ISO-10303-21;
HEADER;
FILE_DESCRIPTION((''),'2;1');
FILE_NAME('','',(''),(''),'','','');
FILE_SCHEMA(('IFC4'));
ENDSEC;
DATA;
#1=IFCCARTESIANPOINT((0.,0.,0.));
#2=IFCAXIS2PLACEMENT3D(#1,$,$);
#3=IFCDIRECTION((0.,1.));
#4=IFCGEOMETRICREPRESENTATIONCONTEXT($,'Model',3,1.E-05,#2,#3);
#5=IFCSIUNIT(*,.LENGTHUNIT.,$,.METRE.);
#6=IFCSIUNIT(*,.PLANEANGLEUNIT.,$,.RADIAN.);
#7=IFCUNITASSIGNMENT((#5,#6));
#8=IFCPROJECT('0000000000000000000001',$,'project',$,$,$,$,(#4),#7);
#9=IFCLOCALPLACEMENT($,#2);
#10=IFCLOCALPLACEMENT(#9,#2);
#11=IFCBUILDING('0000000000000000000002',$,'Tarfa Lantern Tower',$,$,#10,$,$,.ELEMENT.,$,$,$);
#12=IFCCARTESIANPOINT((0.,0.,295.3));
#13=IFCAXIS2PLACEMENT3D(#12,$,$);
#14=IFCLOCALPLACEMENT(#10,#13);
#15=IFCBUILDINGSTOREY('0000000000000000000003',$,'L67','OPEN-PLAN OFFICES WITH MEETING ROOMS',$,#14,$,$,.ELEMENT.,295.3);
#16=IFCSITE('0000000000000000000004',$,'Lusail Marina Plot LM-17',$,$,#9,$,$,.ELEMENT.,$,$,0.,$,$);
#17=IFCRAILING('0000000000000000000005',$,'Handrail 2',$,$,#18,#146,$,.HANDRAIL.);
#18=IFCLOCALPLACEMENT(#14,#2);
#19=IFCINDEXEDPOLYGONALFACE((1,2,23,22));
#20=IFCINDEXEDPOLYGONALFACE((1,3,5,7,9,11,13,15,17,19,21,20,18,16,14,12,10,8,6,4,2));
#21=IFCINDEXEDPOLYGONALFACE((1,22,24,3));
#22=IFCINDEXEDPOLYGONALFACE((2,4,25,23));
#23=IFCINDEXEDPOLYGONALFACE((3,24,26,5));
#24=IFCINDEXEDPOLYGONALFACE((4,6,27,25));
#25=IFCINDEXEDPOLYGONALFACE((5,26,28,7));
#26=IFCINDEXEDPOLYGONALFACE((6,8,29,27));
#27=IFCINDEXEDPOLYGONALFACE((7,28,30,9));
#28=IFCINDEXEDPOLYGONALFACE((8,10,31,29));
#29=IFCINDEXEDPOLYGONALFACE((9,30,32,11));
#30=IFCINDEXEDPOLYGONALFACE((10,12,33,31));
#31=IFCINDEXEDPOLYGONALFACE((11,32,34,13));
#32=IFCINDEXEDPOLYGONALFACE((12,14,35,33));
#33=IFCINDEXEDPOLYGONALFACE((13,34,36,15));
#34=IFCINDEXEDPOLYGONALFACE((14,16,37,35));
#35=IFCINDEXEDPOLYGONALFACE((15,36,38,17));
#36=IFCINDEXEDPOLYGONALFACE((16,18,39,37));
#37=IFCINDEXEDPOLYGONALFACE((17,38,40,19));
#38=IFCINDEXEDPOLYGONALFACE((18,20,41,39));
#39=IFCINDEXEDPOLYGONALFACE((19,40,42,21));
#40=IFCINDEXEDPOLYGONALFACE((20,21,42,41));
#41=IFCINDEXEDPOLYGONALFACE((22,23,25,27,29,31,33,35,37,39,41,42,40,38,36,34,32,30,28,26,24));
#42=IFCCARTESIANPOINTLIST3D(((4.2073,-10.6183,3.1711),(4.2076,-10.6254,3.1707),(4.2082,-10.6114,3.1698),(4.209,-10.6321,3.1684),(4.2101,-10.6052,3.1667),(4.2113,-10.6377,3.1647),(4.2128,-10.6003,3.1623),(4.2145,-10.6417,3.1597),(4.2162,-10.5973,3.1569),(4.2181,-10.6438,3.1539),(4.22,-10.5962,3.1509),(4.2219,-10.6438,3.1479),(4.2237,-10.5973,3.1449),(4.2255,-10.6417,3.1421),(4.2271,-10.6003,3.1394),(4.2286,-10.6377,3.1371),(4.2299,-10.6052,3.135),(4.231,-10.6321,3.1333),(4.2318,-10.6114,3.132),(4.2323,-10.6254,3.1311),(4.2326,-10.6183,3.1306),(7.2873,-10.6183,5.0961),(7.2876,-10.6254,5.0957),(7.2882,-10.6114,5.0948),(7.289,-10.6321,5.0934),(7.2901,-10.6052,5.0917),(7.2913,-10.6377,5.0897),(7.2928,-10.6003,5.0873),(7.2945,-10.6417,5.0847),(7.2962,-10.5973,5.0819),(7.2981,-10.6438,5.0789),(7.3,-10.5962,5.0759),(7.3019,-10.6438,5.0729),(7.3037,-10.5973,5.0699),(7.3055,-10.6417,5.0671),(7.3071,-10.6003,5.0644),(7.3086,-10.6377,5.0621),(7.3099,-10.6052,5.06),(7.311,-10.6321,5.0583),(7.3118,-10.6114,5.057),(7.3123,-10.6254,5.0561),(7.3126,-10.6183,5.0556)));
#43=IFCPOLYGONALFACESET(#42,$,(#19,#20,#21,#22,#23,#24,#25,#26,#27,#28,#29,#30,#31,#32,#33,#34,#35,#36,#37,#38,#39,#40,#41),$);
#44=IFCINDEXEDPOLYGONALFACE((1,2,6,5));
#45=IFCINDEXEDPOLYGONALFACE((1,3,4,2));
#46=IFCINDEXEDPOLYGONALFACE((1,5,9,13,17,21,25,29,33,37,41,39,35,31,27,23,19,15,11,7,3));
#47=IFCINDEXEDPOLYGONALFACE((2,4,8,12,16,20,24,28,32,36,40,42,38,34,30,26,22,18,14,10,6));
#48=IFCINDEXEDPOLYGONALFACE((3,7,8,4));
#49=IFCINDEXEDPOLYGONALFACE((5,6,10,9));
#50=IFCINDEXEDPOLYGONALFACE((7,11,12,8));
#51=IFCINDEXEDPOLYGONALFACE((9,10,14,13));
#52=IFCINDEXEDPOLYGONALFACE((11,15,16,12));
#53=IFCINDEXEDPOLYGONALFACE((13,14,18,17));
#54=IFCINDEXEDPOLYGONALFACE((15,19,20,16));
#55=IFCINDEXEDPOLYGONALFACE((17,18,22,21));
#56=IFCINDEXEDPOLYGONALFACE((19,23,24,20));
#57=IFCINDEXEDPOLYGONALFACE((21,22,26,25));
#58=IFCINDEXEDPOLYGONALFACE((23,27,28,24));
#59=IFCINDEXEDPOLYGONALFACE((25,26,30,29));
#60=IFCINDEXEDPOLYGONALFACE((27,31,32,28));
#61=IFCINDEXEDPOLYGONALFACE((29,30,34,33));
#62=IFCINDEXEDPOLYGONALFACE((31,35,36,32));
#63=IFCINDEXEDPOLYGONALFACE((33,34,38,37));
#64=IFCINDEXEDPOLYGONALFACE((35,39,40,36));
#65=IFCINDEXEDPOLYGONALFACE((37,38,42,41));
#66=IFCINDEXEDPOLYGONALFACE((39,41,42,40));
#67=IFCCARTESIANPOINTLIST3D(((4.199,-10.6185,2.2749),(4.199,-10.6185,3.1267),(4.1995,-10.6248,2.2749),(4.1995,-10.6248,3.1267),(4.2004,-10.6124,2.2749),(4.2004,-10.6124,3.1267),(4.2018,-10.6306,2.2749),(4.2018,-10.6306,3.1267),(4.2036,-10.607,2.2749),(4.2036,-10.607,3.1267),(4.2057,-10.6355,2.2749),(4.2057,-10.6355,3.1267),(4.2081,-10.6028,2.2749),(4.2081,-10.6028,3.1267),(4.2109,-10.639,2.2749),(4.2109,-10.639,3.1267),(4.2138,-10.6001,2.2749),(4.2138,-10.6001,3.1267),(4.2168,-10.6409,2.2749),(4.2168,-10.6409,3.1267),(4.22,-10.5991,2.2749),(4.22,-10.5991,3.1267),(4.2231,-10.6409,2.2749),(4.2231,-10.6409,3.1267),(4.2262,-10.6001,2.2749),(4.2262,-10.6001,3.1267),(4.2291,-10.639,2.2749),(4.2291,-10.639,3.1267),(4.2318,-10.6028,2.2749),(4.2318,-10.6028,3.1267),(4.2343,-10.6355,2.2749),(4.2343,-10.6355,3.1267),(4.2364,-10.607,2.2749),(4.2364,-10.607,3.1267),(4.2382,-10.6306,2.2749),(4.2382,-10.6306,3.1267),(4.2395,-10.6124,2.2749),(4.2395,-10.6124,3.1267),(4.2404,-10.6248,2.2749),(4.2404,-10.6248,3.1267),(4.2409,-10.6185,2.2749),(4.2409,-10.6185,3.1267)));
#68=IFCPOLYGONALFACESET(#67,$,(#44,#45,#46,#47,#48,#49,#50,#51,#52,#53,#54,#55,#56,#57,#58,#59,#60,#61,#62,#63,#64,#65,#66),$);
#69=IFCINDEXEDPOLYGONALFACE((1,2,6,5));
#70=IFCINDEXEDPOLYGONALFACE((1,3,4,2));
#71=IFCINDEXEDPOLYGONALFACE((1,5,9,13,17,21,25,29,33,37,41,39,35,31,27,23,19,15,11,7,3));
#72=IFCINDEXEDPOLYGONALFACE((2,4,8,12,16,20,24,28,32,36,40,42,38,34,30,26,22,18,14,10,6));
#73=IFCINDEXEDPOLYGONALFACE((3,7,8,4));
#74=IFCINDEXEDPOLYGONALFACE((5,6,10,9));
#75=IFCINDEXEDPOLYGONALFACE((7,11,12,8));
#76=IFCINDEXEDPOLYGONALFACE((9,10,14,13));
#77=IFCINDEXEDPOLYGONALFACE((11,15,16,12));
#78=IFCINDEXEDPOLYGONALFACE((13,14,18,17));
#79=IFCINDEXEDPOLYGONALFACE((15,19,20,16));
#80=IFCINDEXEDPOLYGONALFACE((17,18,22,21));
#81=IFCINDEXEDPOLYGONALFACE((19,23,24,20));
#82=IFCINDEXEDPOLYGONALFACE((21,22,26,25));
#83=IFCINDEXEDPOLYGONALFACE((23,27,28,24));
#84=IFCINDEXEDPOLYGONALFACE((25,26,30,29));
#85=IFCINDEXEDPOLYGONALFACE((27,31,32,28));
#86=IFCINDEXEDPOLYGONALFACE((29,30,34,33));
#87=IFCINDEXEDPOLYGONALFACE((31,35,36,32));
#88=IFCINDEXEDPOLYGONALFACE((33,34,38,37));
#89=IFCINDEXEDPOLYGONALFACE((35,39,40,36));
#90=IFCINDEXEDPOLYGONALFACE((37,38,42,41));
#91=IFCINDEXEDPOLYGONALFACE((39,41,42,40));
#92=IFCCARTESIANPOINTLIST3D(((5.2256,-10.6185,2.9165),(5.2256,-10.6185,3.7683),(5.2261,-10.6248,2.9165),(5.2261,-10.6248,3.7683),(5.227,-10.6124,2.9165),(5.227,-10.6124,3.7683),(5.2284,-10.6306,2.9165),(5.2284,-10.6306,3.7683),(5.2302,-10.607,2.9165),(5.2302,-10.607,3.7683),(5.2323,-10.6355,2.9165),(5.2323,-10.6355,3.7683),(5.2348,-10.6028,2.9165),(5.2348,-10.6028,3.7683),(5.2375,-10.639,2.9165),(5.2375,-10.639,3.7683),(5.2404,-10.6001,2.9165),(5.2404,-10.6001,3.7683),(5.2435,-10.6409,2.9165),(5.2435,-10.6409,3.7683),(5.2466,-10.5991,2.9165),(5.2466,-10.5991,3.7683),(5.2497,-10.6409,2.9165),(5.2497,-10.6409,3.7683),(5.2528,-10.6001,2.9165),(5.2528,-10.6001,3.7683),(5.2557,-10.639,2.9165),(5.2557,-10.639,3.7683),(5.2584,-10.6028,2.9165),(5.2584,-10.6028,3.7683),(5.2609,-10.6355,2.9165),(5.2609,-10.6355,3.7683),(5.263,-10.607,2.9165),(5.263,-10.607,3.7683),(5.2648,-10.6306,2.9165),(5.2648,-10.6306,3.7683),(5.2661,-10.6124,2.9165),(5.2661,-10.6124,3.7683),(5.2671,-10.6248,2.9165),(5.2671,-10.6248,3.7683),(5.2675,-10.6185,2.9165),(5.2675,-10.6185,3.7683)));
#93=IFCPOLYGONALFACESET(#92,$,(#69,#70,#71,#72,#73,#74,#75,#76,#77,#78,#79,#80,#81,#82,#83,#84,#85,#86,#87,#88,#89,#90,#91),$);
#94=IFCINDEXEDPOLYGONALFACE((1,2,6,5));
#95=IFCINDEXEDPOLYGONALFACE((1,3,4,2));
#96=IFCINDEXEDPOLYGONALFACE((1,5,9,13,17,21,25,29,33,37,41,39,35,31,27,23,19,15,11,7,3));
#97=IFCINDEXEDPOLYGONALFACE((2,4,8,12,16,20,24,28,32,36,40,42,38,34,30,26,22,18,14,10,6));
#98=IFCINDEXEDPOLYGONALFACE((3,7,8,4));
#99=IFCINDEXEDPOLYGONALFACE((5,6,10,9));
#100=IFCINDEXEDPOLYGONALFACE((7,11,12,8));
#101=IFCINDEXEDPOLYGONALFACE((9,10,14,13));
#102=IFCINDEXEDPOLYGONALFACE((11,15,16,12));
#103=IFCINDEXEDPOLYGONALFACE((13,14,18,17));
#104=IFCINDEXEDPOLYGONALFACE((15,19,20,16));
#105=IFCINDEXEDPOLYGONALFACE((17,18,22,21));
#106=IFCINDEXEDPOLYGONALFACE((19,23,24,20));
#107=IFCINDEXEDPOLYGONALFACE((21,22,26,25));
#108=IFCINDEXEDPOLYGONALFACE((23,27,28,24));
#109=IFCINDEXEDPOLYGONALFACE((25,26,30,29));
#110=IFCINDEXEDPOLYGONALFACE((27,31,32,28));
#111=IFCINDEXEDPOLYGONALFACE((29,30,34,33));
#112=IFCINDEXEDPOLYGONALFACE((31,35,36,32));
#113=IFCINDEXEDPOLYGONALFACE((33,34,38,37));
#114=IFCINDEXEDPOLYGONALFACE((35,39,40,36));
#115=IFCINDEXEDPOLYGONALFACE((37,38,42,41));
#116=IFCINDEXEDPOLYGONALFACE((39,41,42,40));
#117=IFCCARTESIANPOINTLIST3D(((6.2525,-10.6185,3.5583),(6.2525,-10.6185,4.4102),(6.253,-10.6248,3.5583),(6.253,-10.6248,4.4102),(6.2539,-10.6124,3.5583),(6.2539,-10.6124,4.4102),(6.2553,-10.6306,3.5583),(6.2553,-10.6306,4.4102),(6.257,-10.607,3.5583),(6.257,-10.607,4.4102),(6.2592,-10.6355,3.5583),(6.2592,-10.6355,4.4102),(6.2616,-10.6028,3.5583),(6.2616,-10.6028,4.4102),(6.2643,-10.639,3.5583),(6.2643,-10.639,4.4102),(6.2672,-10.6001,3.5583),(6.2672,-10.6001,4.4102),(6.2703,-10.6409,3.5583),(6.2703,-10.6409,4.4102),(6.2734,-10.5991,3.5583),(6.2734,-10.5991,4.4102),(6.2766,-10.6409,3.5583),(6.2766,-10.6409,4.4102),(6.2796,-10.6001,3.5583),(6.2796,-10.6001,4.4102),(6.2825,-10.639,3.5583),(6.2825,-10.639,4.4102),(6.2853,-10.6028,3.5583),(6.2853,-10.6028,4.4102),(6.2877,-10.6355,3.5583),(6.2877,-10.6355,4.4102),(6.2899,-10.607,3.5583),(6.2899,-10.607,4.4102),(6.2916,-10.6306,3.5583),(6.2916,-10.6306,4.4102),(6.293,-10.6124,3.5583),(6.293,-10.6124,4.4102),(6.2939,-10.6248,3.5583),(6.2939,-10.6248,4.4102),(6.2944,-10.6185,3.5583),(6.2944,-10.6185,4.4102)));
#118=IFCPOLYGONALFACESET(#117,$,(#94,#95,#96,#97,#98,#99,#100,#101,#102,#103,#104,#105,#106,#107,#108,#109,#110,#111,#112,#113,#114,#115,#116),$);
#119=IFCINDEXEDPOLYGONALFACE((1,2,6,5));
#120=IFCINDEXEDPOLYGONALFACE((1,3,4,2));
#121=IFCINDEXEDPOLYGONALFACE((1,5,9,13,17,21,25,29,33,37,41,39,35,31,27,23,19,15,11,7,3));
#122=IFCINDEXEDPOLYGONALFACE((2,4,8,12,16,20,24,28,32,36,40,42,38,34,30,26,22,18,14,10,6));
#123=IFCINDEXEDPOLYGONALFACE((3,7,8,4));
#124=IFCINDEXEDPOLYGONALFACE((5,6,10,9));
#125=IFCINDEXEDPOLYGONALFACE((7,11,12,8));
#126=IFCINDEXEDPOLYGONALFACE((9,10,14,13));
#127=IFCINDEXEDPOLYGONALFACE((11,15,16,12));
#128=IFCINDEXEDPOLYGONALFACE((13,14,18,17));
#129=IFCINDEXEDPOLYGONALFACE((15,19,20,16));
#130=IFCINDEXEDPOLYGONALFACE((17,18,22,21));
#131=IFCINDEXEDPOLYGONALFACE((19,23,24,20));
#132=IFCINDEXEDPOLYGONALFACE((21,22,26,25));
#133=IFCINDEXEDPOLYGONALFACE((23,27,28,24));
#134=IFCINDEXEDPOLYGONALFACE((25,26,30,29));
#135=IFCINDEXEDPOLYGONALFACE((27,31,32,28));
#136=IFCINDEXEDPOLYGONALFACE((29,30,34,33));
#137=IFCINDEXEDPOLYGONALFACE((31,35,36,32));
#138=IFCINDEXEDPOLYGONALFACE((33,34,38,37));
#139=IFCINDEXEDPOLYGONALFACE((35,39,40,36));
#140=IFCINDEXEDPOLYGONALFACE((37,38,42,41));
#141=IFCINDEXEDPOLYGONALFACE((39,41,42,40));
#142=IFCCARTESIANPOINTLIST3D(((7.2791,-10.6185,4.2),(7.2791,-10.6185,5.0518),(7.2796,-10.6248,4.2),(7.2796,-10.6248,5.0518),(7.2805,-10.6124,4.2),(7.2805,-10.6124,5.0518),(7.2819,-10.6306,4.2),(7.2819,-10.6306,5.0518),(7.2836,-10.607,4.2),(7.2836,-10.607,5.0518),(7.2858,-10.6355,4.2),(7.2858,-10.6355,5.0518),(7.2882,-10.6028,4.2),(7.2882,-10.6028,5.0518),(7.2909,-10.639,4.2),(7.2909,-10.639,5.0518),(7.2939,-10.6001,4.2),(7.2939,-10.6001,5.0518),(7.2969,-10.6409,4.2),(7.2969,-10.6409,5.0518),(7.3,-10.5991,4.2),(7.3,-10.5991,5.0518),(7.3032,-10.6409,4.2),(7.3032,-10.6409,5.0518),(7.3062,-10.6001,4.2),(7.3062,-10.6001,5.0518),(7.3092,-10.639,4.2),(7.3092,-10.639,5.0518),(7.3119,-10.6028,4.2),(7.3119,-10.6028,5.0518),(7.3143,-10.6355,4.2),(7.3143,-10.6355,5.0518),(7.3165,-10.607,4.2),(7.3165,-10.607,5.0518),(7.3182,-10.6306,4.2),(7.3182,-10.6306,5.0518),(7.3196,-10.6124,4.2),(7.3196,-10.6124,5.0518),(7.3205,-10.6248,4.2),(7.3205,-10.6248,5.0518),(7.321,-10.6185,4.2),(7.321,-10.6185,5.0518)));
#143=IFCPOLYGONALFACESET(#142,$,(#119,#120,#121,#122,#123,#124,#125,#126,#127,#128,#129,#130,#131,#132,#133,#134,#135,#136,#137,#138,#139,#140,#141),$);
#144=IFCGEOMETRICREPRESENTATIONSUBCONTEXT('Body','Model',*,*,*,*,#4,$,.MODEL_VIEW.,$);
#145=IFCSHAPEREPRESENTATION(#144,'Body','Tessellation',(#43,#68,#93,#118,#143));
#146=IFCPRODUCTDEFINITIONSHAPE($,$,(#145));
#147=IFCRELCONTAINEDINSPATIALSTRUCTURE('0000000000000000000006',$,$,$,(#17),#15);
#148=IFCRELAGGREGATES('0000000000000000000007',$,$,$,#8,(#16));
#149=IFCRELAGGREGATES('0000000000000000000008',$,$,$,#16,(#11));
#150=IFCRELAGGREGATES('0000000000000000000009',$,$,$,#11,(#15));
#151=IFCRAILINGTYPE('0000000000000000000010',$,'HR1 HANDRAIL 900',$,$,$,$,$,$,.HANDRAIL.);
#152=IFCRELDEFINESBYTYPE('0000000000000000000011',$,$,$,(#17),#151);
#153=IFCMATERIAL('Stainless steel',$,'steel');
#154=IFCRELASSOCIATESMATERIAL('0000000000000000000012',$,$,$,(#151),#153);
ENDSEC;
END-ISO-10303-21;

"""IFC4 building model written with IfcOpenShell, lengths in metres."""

from ifc_helpers import new_model, si_unit, direction, frame, origin, origin_2d, place, context, subcontext, project, spatial, circle, extrude, material, type_object, element, save


model = new_model("IFC4")

# Units and contexts
model_context = context("Model", 3, precision=1e-05, world=origin(), true_north=direction((0.0, 1.0)))
body_context = subcontext(model_context, "Body", "Model", "MODEL_VIEW")
ifc_project = project(units=[si_unit("LENGTHUNIT", "METRE"), si_unit("PLANEANGLEUNIT", "RADIAN")], contexts=[model_context])

# Site, building, storey
site_placement = place(None, origin())
site = spatial("IfcSite", under=ifc_project, at=site_placement, Name="Lusail Marina Plot LM-17", CompositionType="ELEMENT", RefElevation=0.0)
building_placement = place(site_placement, origin())
building = spatial("IfcBuilding", under=site, at=building_placement, Name="Tarfa Lantern Tower", CompositionType="ELEMENT")
storey_placement = place(building_placement, frame((0.0, 0.0, 295.3)))
storey = spatial("IfcBuildingStorey", under=building, at=storey_placement, Name="L67", Description="OPEN-PLAN OFFICES WITH MEETING ROOMS", CompositionType="ELEMENT", Elevation=295.3)

# Railing
ifc_material_1 = material(Name="Stainless steel", Category="steel")
railing_type = type_object("IfcRailingType", Name="HR1 HANDRAIL 900", PredefinedType="HANDRAIL", material=ifc_material_1)
railing_placement = place(storey_placement, frame((4.22, -10.6201, 2.2749)))
element("IfcRailing", 1, at=railing_placement, inside=storey, type_object=railing_type, Name="Handrail 2", PredefinedType="HANDRAIL", context=body_context, shape_type="SweptSolid", body=[
    extrude(circle(Radius=0.0239, at=origin_2d()), frame((0.0, 0.0, 0.876), z_axis=(0.847998, 0.0, 0.529999), x_axis=(0.0, 1.0, 0.0)), (0.0, 0.0, 1.0), 3.6321),
    extrude(circle(Radius=0.021, at=origin_2d()), frame((0.0, 0.0, 0.0), z_axis=(0.0, 0.0, 1.0), x_axis=(0.0, 1.0, 0.0)), (0.0, 0.0, 1.0), 0.8518),
    extrude(circle(Radius=0.021, at=origin_2d()), frame((1.0266, 0.0, 0.6416), z_axis=(0.0, 0.0, 1.0), x_axis=(0.0, 1.0, 0.0)), (0.0, 0.0, 1.0), 0.8518),
    extrude(circle(Radius=0.021, at=origin_2d()), frame((2.0535, 0.0, 1.2834), z_axis=(0.0, 0.0, 1.0), x_axis=(0.0, 1.0, 0.0)), (0.0, 0.0, 1.0), 0.8518),
    extrude(circle(Radius=0.021, at=origin_2d()), frame((3.0801, 0.0, 1.925), z_axis=(0.0, 0.0, 1.0), x_axis=(0.0, 1.0, 0.0)), (0.0, 0.0, 1.0), 0.8518),
])

save(model, "model.ifc")
